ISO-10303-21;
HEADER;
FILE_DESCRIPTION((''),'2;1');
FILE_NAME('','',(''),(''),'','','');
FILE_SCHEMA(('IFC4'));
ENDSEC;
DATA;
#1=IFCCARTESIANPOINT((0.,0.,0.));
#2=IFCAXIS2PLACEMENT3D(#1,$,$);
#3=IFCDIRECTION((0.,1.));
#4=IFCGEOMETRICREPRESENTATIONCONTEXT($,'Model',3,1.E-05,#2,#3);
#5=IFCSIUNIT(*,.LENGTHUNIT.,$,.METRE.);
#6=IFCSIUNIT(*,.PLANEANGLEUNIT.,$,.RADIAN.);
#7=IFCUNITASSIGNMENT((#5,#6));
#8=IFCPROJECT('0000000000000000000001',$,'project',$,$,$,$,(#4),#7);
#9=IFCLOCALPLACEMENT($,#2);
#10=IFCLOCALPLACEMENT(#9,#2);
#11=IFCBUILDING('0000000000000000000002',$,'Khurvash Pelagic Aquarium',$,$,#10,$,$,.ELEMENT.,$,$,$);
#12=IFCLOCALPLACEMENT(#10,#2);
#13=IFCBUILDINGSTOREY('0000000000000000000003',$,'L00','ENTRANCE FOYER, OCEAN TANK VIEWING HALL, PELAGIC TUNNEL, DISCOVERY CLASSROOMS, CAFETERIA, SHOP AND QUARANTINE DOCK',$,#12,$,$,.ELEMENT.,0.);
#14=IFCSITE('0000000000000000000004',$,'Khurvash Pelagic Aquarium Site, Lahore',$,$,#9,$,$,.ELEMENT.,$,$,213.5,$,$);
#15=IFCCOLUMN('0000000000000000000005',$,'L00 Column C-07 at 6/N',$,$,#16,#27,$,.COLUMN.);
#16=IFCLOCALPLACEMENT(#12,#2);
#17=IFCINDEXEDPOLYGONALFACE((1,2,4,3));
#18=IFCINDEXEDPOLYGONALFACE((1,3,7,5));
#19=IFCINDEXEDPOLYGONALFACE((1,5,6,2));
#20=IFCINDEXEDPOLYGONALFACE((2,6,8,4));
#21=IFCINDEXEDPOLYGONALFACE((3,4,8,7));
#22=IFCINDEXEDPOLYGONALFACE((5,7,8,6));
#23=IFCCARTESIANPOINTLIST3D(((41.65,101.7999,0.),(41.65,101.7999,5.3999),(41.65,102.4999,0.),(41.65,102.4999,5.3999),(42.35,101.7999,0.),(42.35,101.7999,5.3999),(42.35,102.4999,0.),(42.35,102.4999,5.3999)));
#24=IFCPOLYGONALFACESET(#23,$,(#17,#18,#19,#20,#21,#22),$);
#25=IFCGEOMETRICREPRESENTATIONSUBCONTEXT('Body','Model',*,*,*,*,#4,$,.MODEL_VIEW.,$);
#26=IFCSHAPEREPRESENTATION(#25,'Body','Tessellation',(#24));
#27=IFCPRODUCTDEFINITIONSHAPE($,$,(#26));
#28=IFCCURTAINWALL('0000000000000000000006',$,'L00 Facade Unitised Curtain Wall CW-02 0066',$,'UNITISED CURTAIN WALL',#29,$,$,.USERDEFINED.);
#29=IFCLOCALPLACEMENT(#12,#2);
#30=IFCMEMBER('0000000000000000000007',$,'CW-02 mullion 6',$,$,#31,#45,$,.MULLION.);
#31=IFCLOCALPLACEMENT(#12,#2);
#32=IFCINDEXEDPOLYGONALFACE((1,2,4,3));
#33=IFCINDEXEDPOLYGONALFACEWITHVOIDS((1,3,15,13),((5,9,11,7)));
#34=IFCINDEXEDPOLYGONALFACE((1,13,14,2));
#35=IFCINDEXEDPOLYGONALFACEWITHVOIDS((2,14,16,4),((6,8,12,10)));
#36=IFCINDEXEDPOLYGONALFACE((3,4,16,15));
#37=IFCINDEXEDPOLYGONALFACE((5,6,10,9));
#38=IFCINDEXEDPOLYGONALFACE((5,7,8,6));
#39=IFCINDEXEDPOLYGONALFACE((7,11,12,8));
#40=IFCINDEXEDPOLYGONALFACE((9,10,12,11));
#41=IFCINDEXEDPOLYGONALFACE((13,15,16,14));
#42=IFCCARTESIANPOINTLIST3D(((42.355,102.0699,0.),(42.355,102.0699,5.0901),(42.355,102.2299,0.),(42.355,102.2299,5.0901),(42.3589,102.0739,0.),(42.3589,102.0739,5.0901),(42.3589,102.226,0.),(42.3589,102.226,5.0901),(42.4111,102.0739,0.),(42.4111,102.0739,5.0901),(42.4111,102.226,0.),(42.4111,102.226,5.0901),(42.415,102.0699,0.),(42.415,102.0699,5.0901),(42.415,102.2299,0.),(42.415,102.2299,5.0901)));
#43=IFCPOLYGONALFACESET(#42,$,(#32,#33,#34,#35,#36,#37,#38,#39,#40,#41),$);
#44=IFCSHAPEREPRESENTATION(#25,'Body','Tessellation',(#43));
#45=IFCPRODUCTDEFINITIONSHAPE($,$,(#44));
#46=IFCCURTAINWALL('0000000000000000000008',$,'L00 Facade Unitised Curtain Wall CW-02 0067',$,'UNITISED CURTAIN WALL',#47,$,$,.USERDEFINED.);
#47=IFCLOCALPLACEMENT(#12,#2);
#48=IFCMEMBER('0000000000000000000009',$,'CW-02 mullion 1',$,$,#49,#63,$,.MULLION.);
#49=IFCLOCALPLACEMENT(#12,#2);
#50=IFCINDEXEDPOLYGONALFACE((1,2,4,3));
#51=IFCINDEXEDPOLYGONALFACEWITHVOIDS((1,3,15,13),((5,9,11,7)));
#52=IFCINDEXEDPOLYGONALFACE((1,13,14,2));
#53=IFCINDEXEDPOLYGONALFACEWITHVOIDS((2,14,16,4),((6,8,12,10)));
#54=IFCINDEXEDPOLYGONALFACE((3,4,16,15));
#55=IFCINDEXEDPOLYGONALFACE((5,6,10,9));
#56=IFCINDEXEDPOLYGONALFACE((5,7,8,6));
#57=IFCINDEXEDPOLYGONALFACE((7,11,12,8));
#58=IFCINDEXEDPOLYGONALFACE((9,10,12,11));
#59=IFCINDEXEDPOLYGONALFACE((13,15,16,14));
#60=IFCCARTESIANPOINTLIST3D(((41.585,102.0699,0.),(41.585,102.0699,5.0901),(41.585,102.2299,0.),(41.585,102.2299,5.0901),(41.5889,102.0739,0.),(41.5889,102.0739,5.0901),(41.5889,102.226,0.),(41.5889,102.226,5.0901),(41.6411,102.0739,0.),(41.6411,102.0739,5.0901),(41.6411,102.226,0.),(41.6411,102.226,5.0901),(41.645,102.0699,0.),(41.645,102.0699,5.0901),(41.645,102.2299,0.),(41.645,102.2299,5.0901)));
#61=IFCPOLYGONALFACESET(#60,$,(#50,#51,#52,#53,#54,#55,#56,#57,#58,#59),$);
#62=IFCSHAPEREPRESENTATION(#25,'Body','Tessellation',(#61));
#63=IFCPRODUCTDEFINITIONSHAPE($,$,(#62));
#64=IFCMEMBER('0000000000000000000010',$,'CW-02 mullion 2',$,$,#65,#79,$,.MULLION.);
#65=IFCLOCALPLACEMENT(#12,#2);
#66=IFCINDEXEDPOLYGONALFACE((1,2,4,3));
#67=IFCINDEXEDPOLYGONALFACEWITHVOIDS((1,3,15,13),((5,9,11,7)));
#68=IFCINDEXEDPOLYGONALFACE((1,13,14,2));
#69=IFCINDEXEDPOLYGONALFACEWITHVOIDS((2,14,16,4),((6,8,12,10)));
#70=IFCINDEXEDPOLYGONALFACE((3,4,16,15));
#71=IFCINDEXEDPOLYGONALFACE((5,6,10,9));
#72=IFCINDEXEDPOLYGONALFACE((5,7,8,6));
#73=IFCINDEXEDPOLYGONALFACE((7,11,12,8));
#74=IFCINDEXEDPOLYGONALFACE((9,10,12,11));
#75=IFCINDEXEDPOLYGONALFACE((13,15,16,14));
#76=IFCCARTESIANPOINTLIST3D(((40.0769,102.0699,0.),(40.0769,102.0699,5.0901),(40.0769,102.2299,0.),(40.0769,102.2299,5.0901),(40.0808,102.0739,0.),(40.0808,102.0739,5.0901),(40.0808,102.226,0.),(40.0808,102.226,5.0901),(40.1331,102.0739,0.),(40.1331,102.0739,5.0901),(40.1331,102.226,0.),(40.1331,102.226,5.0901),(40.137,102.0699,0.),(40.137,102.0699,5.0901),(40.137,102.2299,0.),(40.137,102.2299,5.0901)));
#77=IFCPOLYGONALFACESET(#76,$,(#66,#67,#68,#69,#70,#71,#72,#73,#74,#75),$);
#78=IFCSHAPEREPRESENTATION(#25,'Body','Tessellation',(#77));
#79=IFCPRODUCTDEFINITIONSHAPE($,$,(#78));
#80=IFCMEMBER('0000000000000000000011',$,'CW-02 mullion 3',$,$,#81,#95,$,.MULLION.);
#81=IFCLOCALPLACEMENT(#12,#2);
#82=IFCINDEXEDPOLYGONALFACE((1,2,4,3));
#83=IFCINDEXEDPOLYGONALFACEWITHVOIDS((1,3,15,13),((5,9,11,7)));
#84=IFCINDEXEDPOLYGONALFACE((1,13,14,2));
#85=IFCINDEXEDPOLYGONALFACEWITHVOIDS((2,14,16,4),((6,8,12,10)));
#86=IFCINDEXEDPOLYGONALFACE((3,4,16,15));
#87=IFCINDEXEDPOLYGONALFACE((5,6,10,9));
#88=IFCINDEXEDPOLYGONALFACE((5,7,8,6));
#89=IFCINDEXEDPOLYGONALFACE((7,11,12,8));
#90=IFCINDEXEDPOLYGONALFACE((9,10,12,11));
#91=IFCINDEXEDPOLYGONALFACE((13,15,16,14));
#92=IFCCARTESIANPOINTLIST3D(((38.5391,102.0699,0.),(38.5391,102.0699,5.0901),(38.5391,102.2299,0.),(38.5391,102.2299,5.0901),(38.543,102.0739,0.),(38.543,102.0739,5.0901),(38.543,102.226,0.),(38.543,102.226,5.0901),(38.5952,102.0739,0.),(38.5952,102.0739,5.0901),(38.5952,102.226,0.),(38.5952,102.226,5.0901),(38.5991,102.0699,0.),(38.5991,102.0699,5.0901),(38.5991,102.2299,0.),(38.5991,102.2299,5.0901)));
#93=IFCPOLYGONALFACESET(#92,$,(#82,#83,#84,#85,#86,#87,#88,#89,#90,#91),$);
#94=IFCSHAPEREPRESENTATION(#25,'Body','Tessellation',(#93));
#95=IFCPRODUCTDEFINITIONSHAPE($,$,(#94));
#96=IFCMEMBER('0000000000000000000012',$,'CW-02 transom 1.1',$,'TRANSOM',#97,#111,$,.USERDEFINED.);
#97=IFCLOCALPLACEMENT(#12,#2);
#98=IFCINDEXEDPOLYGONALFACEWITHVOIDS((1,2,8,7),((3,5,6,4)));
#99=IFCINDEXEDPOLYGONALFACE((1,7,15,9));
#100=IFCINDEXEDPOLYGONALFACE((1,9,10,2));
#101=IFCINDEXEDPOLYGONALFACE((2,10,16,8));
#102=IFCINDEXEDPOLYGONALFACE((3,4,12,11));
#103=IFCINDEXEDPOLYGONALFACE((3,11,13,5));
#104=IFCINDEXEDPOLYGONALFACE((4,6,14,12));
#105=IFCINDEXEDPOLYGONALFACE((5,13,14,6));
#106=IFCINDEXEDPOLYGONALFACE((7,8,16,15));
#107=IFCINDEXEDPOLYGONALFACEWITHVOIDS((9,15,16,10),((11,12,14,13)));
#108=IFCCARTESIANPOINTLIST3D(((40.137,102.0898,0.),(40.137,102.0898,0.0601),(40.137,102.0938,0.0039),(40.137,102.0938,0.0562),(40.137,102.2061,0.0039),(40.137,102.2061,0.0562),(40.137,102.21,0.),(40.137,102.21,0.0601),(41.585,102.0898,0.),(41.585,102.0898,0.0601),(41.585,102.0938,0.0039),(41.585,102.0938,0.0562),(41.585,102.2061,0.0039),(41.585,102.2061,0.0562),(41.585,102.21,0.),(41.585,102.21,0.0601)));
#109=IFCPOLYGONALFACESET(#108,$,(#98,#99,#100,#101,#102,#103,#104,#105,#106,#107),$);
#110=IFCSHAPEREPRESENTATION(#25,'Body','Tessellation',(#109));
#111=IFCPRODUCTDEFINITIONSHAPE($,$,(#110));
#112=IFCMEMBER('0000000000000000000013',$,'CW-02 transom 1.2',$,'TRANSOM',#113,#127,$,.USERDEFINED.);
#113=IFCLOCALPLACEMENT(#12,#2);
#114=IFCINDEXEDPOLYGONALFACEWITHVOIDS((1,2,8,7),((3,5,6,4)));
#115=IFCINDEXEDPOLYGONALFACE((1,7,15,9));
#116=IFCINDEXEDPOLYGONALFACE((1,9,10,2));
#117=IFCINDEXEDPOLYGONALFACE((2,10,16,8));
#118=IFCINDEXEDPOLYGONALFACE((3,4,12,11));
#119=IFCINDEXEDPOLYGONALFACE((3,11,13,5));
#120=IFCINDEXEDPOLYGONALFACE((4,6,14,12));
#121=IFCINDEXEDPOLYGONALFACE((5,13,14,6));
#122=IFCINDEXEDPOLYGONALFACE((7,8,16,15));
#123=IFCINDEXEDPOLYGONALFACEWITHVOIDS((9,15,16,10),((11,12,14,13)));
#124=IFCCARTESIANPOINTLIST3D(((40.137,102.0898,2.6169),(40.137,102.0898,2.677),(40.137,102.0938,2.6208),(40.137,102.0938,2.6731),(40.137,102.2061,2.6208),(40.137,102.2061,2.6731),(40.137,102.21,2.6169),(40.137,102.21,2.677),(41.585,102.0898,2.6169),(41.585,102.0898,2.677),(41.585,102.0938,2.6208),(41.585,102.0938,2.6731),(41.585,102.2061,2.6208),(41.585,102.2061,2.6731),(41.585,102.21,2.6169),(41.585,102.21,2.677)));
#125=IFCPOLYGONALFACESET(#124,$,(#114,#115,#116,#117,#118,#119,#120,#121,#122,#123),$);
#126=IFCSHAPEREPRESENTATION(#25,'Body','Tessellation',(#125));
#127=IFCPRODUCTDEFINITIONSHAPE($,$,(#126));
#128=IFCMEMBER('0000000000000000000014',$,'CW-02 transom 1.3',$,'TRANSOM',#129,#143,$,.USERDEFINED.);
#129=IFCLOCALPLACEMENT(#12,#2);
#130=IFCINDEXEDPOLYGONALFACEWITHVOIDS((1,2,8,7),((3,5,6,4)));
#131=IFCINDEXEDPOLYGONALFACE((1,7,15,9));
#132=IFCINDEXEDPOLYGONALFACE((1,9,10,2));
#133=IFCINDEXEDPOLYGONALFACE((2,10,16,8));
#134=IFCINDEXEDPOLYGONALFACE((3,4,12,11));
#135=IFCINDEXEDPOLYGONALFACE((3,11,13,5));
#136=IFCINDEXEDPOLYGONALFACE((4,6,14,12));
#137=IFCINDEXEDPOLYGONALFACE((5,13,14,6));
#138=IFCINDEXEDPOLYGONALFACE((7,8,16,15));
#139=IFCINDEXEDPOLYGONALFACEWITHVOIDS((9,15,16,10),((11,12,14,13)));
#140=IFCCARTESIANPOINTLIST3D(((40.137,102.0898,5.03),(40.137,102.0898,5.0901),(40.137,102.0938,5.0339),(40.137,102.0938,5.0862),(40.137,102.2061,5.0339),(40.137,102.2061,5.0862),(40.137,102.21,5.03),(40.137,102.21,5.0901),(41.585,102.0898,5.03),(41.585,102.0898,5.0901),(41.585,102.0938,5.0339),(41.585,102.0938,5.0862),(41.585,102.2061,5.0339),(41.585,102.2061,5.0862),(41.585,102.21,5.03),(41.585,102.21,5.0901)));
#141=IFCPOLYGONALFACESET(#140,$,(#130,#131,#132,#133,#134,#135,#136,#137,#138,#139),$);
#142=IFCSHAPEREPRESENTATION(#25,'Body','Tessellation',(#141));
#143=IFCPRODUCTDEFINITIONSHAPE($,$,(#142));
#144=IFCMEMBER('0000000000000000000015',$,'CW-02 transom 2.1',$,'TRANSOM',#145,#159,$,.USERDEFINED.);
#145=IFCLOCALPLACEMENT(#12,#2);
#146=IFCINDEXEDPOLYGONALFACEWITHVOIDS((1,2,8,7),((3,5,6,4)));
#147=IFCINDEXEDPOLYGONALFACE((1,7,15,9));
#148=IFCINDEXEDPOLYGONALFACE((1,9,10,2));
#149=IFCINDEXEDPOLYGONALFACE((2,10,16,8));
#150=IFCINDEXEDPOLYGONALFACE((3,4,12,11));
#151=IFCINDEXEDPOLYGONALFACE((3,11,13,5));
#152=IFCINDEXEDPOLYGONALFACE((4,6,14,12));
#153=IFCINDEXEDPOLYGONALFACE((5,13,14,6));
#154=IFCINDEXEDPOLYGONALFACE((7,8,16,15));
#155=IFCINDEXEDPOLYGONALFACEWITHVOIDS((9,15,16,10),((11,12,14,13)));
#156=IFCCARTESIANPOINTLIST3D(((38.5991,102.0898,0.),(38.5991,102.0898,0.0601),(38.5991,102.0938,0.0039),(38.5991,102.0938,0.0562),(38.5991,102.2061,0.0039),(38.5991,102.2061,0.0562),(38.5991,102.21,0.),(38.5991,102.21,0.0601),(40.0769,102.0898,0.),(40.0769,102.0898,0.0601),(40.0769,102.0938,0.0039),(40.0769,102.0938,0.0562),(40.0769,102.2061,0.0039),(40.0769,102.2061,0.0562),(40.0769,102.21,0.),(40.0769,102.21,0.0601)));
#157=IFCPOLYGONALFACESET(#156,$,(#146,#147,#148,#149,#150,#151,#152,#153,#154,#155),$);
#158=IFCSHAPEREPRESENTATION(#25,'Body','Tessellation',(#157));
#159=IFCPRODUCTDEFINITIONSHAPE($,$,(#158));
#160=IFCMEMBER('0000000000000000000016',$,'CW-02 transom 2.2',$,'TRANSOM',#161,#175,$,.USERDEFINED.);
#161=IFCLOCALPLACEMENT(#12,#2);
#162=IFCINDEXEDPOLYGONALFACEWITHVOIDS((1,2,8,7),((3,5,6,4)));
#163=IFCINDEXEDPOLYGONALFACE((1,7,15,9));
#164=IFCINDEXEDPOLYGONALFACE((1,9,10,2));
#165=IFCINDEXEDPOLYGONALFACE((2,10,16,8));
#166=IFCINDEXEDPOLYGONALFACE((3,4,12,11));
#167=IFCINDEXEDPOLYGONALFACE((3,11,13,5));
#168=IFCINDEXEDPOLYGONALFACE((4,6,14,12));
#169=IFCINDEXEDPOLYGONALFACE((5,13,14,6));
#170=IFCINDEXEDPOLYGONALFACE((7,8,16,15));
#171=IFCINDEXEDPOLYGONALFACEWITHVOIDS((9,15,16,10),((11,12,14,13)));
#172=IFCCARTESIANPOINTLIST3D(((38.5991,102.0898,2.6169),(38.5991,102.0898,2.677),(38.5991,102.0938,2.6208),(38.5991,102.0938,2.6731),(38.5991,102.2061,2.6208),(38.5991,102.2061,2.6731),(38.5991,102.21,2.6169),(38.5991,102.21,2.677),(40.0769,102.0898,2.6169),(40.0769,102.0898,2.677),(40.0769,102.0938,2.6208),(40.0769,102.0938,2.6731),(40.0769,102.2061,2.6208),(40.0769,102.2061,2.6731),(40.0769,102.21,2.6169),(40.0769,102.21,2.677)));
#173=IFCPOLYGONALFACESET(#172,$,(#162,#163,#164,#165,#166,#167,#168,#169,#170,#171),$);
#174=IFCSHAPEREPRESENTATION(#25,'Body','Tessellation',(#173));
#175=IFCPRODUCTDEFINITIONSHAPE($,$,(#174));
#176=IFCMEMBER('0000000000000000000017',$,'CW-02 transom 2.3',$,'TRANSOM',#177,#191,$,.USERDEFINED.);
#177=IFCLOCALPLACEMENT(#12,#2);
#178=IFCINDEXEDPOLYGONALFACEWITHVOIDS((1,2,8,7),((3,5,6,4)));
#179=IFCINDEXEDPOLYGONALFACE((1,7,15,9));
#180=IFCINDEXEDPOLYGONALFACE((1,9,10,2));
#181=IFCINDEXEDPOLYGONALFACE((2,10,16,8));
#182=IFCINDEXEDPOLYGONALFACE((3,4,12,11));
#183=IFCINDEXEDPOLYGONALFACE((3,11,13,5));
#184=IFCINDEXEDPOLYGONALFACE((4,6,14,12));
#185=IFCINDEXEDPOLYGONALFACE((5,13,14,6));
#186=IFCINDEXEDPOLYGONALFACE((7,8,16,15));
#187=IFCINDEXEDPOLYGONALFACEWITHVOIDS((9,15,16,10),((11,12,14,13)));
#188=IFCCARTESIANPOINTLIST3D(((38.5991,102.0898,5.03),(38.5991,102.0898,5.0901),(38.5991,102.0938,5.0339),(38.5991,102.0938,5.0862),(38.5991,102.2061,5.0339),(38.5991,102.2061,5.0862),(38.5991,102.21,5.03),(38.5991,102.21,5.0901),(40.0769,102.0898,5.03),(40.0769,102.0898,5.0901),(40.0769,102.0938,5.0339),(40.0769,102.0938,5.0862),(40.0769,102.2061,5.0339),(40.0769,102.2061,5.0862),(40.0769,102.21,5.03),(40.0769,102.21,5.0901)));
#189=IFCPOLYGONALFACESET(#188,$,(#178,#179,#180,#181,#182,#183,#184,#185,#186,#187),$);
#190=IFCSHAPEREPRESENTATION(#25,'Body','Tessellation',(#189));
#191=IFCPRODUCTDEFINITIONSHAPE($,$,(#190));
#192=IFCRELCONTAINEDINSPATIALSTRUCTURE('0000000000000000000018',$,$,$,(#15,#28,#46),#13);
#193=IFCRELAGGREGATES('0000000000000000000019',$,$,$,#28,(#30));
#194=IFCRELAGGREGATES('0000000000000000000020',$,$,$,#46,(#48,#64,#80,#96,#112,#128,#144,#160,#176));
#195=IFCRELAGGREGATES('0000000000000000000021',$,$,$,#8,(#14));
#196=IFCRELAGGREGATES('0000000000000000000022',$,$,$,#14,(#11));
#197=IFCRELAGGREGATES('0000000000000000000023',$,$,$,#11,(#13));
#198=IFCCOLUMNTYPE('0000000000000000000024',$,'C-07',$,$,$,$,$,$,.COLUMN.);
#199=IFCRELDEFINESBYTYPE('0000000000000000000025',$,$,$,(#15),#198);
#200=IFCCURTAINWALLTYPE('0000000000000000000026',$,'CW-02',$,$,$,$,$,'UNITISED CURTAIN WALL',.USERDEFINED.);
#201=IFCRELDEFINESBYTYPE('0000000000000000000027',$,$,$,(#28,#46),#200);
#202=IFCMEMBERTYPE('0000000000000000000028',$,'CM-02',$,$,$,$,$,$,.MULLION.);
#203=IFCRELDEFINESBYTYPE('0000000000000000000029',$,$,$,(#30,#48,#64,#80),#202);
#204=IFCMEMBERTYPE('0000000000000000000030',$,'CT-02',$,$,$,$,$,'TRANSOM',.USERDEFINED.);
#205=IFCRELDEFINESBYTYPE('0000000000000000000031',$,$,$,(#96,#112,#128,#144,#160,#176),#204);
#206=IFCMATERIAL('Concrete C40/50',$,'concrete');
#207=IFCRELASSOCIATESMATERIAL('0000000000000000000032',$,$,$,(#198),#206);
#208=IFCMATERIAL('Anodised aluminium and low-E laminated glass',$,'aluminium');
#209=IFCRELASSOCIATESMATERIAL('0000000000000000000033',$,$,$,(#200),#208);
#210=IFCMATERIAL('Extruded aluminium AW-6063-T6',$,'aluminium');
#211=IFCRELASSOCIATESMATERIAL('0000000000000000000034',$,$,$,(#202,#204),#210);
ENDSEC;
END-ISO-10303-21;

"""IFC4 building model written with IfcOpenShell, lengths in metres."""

from ifc_helpers import new_model, si_unit, direction, frame, origin, origin_2d, place, context, subcontext, project, spatial, rectangle, hollow_rectangle, extrude, material, material_profile, profile_set, type_object, element, aggregate, save


model = new_model("IFC4")

# Units and contexts
model_context = context("Model", 3, precision=1e-05, world=origin(), true_north=direction((0.0, 1.0)))
body_context = subcontext(model_context, "Body", "Model", "MODEL_VIEW")
ifc_project = project(units=[si_unit("LENGTHUNIT", "METRE"), si_unit("PLANEANGLEUNIT", "RADIAN")], contexts=[model_context])

# Site, building, storey
site_placement = place(None, origin())
site = spatial("IfcSite", under=ifc_project, at=site_placement, Name="Khurvash Pelagic Aquarium Site, Lahore", CompositionType="ELEMENT", RefElevation=213.5)
building_placement = place(site_placement, origin())
building = spatial("IfcBuilding", under=site, at=building_placement, Name="Khurvash Pelagic Aquarium", CompositionType="ELEMENT")
storey_placement = place(building_placement, origin())
storey = spatial("IfcBuildingStorey", under=building, at=storey_placement, Name="L00", Description="ENTRANCE FOYER, OCEAN TANK VIEWING HALL, PELAGIC TUNNEL, DISCOVERY CLASSROOMS, CAFETERIA, SHOP AND QUARANTINE DOCK", CompositionType="ELEMENT", Elevation=0.0)

# Column
ifc_material_1 = material(Name="Concrete C40/50", Category="concrete")
ifc_material_profile_1 = material_profile(ifc_material_1, rectangle(XDim=0.7, YDim=0.7, at=origin_2d()), Name="RC700X700")
ifc_profile_set_1 = profile_set([ifc_material_profile_1], Name="Concrete C40/50")
column_type = type_object("IfcColumnType", Name="C-07", PredefinedType="COLUMN", material=ifc_profile_set_1)
column_placement = place(storey_placement, frame((42.0, 102.1499, 0.0), z_axis=(0.0, 0.0, 1.0), x_axis=(1.0, 0.0, 0.0)))
element("IfcColumn", 1, at=column_placement, inside=storey, type_object=column_type, Name="L00 Column C-07 at 6/N", PredefinedType="COLUMN", context=body_context, shape_type="SweptSolid", body=[
    extrude(rectangle(XDim=0.7, YDim=0.7, at=origin_2d()), origin(), (0.0, 0.0, 1.0), 5.3999),
])

# Curtain wall, member
ifc_material_2 = material(Name="Anodised aluminium and low-E laminated glass", Category="aluminium")
curtain_wall_type = type_object("IfcCurtainWallType", Name="CW-02", ElementType="UNITISED CURTAIN WALL", PredefinedType="USERDEFINED", material=ifc_material_2)
curtain_wall_1_placement = place(storey_placement, origin())
curtain_wall_1 = element("IfcCurtainWall", 2, at=curtain_wall_1_placement, inside=storey, type_object=curtain_wall_type, Name="L00 Facade Unitised Curtain Wall CW-02 0066", ObjectType="UNITISED CURTAIN WALL", PredefinedType="USERDEFINED")
ifc_material_3 = material(Name="Extruded aluminium AW-6063-T6", Category="aluminium")
ifc_material_profile_2 = material_profile(ifc_material_3, hollow_rectangle(XDim=0.0601, YDim=0.1599, WallThickness=0.0039, at=origin_2d()), Name="CWM60X160X4")
ifc_profile_set_2 = profile_set([ifc_material_profile_2], Name="Extruded aluminium AW-6063-T6")
member_type_1 = type_object("IfcMemberType", Name="CM-02", PredefinedType="MULLION", material=ifc_profile_set_2)
member_1_placement = place(storey_placement, frame((42.385, 102.1499, 0.0), z_axis=(0.0, 0.0, 1.0), x_axis=(-1.0, 0.0, 0.0)))
member_1 = element("IfcMember", 3, at=member_1_placement, type_object=member_type_1, Name="CW-02 mullion 6", PredefinedType="MULLION", context=body_context, shape_type="SweptSolid", body=[
    extrude(hollow_rectangle(XDim=0.0601, YDim=0.1599, WallThickness=0.0039, at=origin_2d()), origin(), (0.0, 0.0, 1.0), 5.0901),
])

# Curtain wall, members
curtain_wall_2_placement = place(storey_placement, origin())
curtain_wall_2 = element("IfcCurtainWall", 4, at=curtain_wall_2_placement, inside=storey, type_object=curtain_wall_type, Name="L00 Facade Unitised Curtain Wall CW-02 0067", ObjectType="UNITISED CURTAIN WALL", PredefinedType="USERDEFINED")
member_2_placement = place(storey_placement, frame((41.615, 102.1499, 0.0), z_axis=(0.0, 0.0, 1.0), x_axis=(-1.0, 0.0, 0.0)))
member_2 = element("IfcMember", 5, at=member_2_placement, type_object=member_type_1, Name="CW-02 mullion 1", PredefinedType="MULLION", context=body_context, shape_type="SweptSolid", body=[
    extrude(hollow_rectangle(XDim=0.0601, YDim=0.1599, WallThickness=0.0039, at=origin_2d()), origin(), (0.0, 0.0, 1.0), 5.0901),
])
member_3_placement = place(storey_placement, frame((40.1069, 102.1499, 0.0), z_axis=(0.0, 0.0, 1.0), x_axis=(-1.0, 0.0, 0.0)))
member_3 = element("IfcMember", 6, at=member_3_placement, type_object=member_type_1, Name="CW-02 mullion 2", PredefinedType="MULLION", context=body_context, shape_type="SweptSolid", body=[
    extrude(hollow_rectangle(XDim=0.0601, YDim=0.1599, WallThickness=0.0039, at=origin_2d()), origin(), (0.0, 0.0, 1.0), 5.0901),
])
member_4_placement = place(storey_placement, frame((38.5691, 102.1499, 0.0), z_axis=(0.0, 0.0, 1.0), x_axis=(-1.0, 0.0, 0.0)))
member_4 = element("IfcMember", 7, at=member_4_placement, type_object=member_type_1, Name="CW-02 mullion 3", PredefinedType="MULLION", context=body_context, shape_type="SweptSolid", body=[
    extrude(hollow_rectangle(XDim=0.0601, YDim=0.1599, WallThickness=0.0039, at=origin_2d()), origin(), (0.0, 0.0, 1.0), 5.0901),
])
ifc_material_profile_3 = material_profile(ifc_material_3, hollow_rectangle(XDim=0.1201, YDim=0.0601, WallThickness=0.0039, at=origin_2d()), Name="CWT120X60X4")
ifc_profile_set_3 = profile_set([ifc_material_profile_3], Name="Extruded aluminium AW-6063-T6")
member_type_2 = type_object("IfcMemberType", Name="CT-02", ElementType="TRANSOM", PredefinedType="USERDEFINED", material=ifc_profile_set_3)
member_5_placement = place(storey_placement, frame((41.585, 102.1499, 0.03), z_axis=(-1.0, 0.0, 0.0), x_axis=(0.0, -1.0, 0.0)))
member_5 = element("IfcMember", 8, at=member_5_placement, type_object=member_type_2, Name="CW-02 transom 1.1", ObjectType="TRANSOM", PredefinedType="USERDEFINED", context=body_context, shape_type="SweptSolid", body=[
    extrude(hollow_rectangle(XDim=0.1201, YDim=0.0601, WallThickness=0.0039, at=origin_2d()), origin(), (0.0, 0.0, 1.0), 1.448),
])
member_6_placement = place(storey_placement, frame((41.585, 102.1499, 2.647), z_axis=(-1.0, 0.0, 0.0), x_axis=(0.0, -1.0, 0.0)))
member_6 = element("IfcMember", 9, at=member_6_placement, type_object=member_type_2, Name="CW-02 transom 1.2", ObjectType="TRANSOM", PredefinedType="USERDEFINED", context=body_context, shape_type="SweptSolid", body=[
    extrude(hollow_rectangle(XDim=0.1201, YDim=0.0601, WallThickness=0.0039, at=origin_2d()), origin(), (0.0, 0.0, 1.0), 1.448),
])
member_7_placement = place(storey_placement, frame((41.585, 102.1499, 5.0601), z_axis=(-1.0, 0.0, 0.0), x_axis=(0.0, -1.0, 0.0)))
member_7 = element("IfcMember", 10, at=member_7_placement, type_object=member_type_2, Name="CW-02 transom 1.3", ObjectType="TRANSOM", PredefinedType="USERDEFINED", context=body_context, shape_type="SweptSolid", body=[
    extrude(hollow_rectangle(XDim=0.1201, YDim=0.0601, WallThickness=0.0039, at=origin_2d()), origin(), (0.0, 0.0, 1.0), 1.448),
])
member_8_placement = place(storey_placement, frame((40.0769, 102.1499, 0.03), z_axis=(-1.0, 0.0, 0.0), x_axis=(0.0, -1.0, 0.0)))
member_8 = element("IfcMember", 11, at=member_8_placement, type_object=member_type_2, Name="CW-02 transom 2.1", ObjectType="TRANSOM", PredefinedType="USERDEFINED", context=body_context, shape_type="SweptSolid", body=[
    extrude(hollow_rectangle(XDim=0.1201, YDim=0.0601, WallThickness=0.0039, at=origin_2d()), origin(), (0.0, 0.0, 1.0), 1.4778),
])
member_9_placement = place(storey_placement, frame((40.0769, 102.1499, 2.647), z_axis=(-1.0, 0.0, 0.0), x_axis=(0.0, -1.0, 0.0)))
member_9 = element("IfcMember", 12, at=member_9_placement, type_object=member_type_2, Name="CW-02 transom 2.2", ObjectType="TRANSOM", PredefinedType="USERDEFINED", context=body_context, shape_type="SweptSolid", body=[
    extrude(hollow_rectangle(XDim=0.1201, YDim=0.0601, WallThickness=0.0039, at=origin_2d()), origin(), (0.0, 0.0, 1.0), 1.4778),
])
member_10_placement = place(storey_placement, frame((40.0769, 102.1499, 5.0601), z_axis=(-1.0, 0.0, 0.0), x_axis=(0.0, -1.0, 0.0)))
member_10 = element("IfcMember", 13, at=member_10_placement, type_object=member_type_2, Name="CW-02 transom 2.3", ObjectType="TRANSOM", PredefinedType="USERDEFINED", context=body_context, shape_type="SweptSolid", body=[
    extrude(hollow_rectangle(XDim=0.1201, YDim=0.0601, WallThickness=0.0039, at=origin_2d()), origin(), (0.0, 0.0, 1.0), 1.4778),
])

aggregate(curtain_wall_1, [member_1])
aggregate(curtain_wall_2, [member_2, member_3, member_4, member_5, member_6, member_7, member_8, member_9, member_10])

save(model, "model.ifc")
